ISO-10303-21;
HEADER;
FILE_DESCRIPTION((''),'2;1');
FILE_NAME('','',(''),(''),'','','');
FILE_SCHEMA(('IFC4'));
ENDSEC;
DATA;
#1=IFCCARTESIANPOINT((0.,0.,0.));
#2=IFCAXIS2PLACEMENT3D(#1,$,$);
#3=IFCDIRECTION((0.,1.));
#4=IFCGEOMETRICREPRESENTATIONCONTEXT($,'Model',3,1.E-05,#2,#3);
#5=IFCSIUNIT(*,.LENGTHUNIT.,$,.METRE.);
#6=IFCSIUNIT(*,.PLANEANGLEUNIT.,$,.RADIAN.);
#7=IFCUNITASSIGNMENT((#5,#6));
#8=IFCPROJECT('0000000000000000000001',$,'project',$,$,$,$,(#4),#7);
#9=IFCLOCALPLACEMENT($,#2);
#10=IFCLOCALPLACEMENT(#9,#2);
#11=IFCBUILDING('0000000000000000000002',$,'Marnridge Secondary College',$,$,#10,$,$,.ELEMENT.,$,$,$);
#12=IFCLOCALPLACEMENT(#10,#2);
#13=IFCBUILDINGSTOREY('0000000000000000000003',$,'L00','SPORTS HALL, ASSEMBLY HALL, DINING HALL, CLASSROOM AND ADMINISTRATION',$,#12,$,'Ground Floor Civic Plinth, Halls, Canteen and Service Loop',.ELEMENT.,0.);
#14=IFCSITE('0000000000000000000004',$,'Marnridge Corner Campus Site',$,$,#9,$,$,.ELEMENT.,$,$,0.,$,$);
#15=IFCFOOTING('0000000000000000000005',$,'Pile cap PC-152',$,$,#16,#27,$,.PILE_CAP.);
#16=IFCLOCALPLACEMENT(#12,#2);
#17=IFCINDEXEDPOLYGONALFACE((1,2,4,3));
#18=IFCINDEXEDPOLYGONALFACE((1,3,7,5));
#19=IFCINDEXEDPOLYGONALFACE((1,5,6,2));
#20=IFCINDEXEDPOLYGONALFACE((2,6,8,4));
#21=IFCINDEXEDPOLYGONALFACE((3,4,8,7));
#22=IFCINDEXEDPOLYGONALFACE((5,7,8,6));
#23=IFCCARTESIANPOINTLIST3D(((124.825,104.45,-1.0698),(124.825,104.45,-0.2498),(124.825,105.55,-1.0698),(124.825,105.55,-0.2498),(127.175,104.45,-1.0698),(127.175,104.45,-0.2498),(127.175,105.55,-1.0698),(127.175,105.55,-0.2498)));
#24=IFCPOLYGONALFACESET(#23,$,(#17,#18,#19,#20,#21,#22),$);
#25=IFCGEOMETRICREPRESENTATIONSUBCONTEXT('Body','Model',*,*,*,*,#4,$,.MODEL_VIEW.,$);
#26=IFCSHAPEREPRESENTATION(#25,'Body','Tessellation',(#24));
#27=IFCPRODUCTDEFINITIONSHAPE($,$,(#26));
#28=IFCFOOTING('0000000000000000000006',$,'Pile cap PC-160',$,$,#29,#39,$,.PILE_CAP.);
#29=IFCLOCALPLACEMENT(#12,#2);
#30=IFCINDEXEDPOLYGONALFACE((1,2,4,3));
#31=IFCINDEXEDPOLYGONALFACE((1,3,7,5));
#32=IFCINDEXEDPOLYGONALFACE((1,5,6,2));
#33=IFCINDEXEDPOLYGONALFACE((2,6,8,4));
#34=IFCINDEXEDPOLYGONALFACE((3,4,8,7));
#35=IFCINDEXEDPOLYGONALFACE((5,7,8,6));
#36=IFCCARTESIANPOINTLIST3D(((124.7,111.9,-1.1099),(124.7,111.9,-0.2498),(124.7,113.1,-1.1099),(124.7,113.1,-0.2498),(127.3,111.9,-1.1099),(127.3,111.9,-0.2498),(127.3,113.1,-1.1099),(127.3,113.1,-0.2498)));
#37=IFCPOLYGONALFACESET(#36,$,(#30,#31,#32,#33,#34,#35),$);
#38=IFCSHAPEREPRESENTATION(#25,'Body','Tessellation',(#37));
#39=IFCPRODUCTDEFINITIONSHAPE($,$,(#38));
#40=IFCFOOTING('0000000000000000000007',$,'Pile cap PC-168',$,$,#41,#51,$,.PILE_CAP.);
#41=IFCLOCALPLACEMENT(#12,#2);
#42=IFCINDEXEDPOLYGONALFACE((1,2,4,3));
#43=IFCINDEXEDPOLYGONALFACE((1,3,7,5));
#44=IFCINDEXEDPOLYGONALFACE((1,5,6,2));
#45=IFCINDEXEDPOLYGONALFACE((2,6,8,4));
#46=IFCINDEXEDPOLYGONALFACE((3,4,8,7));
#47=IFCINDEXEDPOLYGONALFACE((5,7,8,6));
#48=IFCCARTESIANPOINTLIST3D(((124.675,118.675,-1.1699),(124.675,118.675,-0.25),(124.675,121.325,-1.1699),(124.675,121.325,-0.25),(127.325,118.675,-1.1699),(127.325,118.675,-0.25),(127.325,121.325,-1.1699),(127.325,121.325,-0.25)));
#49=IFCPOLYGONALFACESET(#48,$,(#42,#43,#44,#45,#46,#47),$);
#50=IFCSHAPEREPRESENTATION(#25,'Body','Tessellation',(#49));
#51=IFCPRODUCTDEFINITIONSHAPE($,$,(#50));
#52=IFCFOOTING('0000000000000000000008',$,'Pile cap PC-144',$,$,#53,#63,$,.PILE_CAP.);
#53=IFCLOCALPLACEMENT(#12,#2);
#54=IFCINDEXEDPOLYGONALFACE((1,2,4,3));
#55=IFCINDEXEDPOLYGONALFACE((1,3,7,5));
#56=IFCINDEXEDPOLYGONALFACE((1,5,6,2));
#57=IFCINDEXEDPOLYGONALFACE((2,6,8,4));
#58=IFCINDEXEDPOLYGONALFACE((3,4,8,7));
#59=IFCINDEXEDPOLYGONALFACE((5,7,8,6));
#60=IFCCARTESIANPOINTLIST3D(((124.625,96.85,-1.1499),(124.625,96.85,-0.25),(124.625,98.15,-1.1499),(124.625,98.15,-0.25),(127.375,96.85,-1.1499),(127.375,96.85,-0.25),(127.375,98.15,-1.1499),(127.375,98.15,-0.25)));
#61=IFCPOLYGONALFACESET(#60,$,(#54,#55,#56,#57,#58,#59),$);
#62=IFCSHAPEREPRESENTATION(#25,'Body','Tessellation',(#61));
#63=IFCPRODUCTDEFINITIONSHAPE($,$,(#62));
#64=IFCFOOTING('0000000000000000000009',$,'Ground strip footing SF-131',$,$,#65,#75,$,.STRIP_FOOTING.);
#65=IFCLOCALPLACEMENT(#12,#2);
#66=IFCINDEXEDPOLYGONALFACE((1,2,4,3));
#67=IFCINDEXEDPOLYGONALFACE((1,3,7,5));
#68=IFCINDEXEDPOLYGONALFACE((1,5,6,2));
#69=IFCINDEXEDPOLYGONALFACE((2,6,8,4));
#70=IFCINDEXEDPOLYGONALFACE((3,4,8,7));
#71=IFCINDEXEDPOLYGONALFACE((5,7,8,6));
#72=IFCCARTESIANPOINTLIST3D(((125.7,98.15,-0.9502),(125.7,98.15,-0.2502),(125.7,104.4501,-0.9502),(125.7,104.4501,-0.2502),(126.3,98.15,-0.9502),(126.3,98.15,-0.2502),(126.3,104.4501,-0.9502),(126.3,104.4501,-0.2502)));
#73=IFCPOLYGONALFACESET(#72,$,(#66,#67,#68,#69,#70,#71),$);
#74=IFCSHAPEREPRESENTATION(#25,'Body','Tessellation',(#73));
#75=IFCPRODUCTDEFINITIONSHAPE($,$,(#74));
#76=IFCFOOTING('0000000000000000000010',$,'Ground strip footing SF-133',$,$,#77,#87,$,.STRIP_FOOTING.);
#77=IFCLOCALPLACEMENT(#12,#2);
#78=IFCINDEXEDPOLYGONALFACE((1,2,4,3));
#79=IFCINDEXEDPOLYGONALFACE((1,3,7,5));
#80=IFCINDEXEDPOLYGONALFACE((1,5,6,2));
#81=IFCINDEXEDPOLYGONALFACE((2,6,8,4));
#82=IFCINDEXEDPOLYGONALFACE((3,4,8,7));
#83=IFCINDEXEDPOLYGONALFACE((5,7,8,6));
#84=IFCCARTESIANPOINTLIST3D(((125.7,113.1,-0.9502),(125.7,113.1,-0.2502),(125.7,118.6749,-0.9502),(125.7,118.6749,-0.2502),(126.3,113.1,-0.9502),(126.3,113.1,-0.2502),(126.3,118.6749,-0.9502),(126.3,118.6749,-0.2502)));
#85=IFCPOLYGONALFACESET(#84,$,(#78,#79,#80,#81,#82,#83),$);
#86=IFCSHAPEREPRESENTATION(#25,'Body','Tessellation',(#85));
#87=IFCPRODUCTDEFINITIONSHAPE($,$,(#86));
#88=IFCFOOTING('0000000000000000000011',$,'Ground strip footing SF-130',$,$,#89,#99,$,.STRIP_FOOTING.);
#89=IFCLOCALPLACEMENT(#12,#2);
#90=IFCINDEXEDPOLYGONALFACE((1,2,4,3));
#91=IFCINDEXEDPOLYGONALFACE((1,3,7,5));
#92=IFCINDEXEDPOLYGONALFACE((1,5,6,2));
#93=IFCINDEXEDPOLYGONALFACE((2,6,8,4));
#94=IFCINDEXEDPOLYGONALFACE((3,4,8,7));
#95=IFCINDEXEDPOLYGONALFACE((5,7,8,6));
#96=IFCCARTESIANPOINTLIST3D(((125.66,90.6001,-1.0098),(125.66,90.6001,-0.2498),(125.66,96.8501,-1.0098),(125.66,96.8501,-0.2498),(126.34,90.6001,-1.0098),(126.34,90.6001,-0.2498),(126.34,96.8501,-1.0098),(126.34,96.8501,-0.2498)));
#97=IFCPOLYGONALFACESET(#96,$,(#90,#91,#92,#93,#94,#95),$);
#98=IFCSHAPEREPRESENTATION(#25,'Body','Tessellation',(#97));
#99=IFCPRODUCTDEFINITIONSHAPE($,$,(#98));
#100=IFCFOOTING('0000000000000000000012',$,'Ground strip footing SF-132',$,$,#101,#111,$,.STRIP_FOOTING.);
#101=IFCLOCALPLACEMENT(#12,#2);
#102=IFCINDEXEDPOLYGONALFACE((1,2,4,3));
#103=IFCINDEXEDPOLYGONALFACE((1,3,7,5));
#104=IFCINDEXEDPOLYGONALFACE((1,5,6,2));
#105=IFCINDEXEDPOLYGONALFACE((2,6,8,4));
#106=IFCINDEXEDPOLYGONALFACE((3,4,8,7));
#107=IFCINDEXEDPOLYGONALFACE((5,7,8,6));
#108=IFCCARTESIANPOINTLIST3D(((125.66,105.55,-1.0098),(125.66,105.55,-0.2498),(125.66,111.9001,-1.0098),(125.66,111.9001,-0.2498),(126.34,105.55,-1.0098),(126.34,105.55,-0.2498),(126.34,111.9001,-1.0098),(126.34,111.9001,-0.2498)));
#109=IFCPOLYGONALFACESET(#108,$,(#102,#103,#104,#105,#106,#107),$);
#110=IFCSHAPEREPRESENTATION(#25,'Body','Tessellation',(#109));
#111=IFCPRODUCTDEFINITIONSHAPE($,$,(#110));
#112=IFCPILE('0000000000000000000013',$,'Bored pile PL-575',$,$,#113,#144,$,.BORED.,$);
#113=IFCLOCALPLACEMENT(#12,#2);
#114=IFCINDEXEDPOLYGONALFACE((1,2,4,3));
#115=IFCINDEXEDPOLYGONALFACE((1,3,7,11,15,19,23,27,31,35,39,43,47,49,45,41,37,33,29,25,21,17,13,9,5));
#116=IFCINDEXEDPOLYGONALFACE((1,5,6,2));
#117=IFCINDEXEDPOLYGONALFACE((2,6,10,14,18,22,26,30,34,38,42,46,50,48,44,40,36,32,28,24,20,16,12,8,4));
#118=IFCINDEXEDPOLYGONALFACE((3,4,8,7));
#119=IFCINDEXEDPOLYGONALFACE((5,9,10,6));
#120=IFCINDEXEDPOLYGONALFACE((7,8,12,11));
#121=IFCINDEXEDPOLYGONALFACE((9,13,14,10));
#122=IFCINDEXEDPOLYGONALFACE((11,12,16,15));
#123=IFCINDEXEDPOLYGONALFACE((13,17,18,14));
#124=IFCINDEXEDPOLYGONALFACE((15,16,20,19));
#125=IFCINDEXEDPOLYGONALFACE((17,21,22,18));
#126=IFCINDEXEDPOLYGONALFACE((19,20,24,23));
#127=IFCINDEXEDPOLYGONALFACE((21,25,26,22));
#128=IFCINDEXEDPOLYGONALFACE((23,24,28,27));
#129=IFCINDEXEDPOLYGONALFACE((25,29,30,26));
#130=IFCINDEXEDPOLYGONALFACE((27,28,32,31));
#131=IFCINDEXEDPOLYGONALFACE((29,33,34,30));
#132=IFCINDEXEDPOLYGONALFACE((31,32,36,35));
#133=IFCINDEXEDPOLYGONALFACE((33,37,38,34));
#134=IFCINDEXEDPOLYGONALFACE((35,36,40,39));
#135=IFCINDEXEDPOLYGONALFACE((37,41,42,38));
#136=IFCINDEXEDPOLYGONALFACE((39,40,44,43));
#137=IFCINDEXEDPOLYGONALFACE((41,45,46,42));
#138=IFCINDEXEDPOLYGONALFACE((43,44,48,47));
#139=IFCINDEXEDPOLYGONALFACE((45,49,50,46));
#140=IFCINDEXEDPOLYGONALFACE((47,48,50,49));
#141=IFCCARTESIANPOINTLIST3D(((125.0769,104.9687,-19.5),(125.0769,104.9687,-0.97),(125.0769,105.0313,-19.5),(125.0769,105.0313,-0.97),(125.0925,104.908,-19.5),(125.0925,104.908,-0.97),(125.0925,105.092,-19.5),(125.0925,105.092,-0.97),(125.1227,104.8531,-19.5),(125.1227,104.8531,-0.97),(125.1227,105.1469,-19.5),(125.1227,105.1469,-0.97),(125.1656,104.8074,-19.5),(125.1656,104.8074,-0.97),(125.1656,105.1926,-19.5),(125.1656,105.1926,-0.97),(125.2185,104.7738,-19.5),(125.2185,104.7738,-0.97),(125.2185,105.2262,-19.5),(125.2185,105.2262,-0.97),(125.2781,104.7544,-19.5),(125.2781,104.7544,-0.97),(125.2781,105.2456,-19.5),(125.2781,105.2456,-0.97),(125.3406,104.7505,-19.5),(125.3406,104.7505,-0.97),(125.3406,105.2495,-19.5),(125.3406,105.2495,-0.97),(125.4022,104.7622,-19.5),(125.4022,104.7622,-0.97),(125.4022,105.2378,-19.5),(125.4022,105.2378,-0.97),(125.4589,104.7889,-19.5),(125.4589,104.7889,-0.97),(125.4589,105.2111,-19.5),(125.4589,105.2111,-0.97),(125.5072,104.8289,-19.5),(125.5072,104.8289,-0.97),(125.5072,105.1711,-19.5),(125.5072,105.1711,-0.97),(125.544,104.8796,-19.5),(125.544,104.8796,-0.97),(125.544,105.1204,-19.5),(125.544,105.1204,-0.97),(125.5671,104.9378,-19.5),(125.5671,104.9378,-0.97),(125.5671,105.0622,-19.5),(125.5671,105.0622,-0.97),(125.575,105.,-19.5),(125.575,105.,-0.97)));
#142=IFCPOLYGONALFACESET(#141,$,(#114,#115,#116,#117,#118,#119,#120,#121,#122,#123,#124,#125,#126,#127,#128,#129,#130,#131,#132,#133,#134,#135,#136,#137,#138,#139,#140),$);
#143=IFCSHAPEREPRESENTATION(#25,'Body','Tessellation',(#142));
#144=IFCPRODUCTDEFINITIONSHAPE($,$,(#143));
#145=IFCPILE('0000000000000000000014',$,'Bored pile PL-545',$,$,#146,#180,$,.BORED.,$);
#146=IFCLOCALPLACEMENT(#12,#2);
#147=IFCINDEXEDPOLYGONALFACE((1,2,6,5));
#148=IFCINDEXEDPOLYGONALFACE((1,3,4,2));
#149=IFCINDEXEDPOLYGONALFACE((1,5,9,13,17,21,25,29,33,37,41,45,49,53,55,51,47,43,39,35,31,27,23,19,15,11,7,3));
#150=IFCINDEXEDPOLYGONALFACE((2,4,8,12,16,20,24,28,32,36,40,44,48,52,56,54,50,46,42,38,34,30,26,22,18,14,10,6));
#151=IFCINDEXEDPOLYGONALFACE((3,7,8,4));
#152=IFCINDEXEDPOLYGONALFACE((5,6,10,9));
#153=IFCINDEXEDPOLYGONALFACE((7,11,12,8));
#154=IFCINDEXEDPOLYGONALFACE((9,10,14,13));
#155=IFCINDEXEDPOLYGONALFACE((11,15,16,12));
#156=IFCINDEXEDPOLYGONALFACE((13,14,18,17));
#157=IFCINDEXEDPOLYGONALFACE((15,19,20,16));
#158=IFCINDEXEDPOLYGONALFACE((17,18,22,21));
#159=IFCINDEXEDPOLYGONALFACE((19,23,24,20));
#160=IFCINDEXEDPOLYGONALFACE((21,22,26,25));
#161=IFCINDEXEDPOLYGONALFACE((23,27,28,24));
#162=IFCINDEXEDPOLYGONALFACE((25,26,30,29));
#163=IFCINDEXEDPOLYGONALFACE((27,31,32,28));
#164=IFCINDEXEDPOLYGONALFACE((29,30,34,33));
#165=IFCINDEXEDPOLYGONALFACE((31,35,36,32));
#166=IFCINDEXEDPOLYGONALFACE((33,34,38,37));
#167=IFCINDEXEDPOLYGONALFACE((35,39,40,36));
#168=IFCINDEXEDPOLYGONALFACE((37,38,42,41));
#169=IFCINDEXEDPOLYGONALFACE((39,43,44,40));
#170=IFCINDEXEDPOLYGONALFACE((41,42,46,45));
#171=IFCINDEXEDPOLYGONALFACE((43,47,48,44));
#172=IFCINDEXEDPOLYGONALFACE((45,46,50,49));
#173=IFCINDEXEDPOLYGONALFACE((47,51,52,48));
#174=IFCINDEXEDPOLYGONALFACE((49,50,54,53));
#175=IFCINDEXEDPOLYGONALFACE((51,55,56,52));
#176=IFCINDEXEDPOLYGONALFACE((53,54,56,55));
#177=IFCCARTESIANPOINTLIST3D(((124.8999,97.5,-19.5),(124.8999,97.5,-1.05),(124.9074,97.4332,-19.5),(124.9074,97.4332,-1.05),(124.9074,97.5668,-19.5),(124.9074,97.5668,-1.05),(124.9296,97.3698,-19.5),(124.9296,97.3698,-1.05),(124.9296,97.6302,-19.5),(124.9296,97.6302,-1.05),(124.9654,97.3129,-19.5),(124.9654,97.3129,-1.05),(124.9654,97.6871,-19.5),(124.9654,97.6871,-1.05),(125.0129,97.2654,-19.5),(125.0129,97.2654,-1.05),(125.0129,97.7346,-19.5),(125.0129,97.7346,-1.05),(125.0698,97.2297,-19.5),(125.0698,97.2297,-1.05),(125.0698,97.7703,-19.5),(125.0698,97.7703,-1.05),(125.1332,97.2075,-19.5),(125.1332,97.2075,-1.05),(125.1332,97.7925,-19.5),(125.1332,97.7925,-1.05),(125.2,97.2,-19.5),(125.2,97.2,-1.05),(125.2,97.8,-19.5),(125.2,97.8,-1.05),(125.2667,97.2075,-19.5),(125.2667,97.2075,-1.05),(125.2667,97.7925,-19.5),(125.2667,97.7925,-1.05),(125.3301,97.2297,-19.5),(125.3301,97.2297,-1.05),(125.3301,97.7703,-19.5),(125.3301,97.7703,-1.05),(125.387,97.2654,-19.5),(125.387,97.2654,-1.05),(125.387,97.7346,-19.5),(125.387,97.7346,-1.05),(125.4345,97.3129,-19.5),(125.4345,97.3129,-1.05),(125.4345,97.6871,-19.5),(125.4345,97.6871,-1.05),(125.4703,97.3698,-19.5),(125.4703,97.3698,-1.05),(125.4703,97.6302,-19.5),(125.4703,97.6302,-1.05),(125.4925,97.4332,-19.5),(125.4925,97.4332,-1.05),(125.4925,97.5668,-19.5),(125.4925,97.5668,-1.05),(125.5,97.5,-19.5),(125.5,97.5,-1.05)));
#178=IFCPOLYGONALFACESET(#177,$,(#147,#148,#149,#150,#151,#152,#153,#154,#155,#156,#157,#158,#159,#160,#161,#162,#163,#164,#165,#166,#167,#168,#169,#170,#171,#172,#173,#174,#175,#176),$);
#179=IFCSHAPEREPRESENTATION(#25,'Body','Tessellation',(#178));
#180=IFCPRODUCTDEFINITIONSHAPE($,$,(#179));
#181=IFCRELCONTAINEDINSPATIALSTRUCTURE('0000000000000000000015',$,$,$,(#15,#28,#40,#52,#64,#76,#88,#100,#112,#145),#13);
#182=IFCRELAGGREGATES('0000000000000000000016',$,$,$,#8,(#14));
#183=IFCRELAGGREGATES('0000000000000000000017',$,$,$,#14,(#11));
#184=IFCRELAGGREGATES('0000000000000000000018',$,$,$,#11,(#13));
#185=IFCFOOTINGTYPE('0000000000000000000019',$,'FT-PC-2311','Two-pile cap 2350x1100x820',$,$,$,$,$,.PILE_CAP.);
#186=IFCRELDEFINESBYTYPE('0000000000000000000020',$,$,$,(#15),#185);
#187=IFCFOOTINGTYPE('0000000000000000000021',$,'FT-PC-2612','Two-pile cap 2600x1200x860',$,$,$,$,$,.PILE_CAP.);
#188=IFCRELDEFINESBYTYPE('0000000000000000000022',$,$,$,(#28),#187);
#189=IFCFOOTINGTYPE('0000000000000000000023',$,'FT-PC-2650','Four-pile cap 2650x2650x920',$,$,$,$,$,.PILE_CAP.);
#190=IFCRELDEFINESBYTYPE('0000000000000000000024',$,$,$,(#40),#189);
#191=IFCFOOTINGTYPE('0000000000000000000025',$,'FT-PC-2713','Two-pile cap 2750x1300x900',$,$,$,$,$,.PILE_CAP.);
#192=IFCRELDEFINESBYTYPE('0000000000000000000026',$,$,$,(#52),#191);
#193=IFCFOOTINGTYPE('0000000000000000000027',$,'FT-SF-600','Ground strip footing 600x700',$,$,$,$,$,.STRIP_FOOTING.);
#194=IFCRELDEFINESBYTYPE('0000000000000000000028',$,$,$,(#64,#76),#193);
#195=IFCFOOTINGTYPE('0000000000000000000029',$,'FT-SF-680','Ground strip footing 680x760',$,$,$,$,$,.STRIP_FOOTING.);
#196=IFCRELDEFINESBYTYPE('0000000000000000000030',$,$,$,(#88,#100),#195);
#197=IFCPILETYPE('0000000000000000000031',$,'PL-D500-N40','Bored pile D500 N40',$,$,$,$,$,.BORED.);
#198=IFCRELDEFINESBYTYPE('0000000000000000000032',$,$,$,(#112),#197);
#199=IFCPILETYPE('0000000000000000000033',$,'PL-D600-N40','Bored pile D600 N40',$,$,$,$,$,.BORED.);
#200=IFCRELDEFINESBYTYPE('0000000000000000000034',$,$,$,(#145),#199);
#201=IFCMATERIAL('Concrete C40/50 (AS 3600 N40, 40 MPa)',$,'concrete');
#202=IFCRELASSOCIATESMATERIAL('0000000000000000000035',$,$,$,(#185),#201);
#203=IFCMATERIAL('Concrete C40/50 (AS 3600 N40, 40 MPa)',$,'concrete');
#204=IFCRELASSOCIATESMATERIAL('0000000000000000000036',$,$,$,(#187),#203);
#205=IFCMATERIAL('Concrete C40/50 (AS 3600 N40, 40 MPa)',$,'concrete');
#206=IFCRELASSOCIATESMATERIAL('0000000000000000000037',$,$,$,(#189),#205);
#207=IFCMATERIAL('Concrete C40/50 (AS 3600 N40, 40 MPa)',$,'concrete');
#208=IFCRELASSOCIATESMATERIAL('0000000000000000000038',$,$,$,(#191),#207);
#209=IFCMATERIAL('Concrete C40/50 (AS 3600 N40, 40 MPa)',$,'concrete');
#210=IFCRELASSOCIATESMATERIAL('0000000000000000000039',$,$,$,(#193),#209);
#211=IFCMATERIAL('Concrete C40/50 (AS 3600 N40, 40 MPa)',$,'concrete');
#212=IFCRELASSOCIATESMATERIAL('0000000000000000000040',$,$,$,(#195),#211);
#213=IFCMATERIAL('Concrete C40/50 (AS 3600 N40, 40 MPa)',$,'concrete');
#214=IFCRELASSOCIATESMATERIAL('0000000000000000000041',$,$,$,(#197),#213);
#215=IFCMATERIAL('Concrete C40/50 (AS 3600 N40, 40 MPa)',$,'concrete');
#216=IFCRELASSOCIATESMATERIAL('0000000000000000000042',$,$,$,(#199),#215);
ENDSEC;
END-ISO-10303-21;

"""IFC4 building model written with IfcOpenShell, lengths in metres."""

from ifc_helpers import new_model, si_unit, direction, frame, origin, origin_2d, place, context, subcontext, project, spatial, rectangle, circle, extrude, material, material_profile, profile_set, type_object, element, save


model = new_model("IFC4")

# Units and contexts
model_context = context("Model", 3, precision=1e-05, world=origin(), true_north=direction((0.0, 1.0)))
body_context = subcontext(model_context, "Body", "Model", "MODEL_VIEW")
ifc_project = project(units=[si_unit("LENGTHUNIT", "METRE"), si_unit("PLANEANGLEUNIT", "RADIAN")], contexts=[model_context])

# Site, building, storey
site_placement = place(None, origin())
site = spatial("IfcSite", under=ifc_project, at=site_placement, Name="Marnridge Corner Campus Site", CompositionType="ELEMENT", RefElevation=0.0)
building_placement = place(site_placement, origin())
building = spatial("IfcBuilding", under=site, at=building_placement, Name="Marnridge Secondary College", CompositionType="ELEMENT")
storey_placement = place(building_placement, origin())
storey = spatial("IfcBuildingStorey", under=building, at=storey_placement, Name="L00", Description="SPORTS HALL, ASSEMBLY HALL, DINING HALL, CLASSROOM AND ADMINISTRATION", LongName="Ground Floor Civic Plinth, Halls, Canteen and Service Loop", CompositionType="ELEMENT", Elevation=0.0)

# Footings
ifc_material_1 = material(Name="Concrete C40/50 (AS 3600 N40, 40 MPa)", Category="concrete")
footing_type_1 = type_object("IfcFootingType", Name="FT-PC-2311", Description="Two-pile cap 2350x1100x820", PredefinedType="PILE_CAP", material=ifc_material_1)
footing_1_placement = place(storey_placement, frame((126.0, 105.0, -1.0698), z_axis=(0.0, 0.0, 1.0), x_axis=(1.0, 0.0, 0.0)))
element("IfcFooting", 1, at=footing_1_placement, inside=storey, type_object=footing_type_1, Name="Pile cap PC-152", PredefinedType="PILE_CAP", context=body_context, shape_type="SweptSolid", body=[
    extrude(rectangle(XDim=2.3501, YDim=1.1001, at=origin_2d()), origin(), (0.0, 0.0, 1.0), 0.8201),
])
ifc_material_2 = material(Name="Concrete C40/50 (AS 3600 N40, 40 MPa)", Category="concrete")
footing_type_2 = type_object("IfcFootingType", Name="FT-PC-2612", Description="Two-pile cap 2600x1200x860", PredefinedType="PILE_CAP", material=ifc_material_2)
footing_2_placement = place(storey_placement, frame((126.0, 112.5, -1.1099), z_axis=(0.0, 0.0, 1.0), x_axis=(1.0, 0.0, 0.0)))
element("IfcFooting", 2, at=footing_2_placement, inside=storey, type_object=footing_type_2, Name="Pile cap PC-160", PredefinedType="PILE_CAP", context=body_context, shape_type="SweptSolid", body=[
    extrude(rectangle(XDim=2.6001, YDim=1.2, at=origin_2d()), origin(), (0.0, 0.0, 1.0), 0.8601),
])
ifc_material_3 = material(Name="Concrete C40/50 (AS 3600 N40, 40 MPa)", Category="concrete")
footing_type_3 = type_object("IfcFootingType", Name="FT-PC-2650", Description="Four-pile cap 2650x2650x920", PredefinedType="PILE_CAP", material=ifc_material_3)
footing_3_placement = place(storey_placement, frame((126.0, 120.0, -1.1699), z_axis=(0.0, 0.0, 1.0), x_axis=(1.0, 0.0, 0.0)))
element("IfcFooting", 3, at=footing_3_placement, inside=storey, type_object=footing_type_3, Name="Pile cap PC-168", PredefinedType="PILE_CAP", context=body_context, shape_type="SweptSolid", body=[
    extrude(rectangle(XDim=2.6499, YDim=2.6499, at=origin_2d()), origin(), (0.0, 0.0, 1.0), 0.9199),
])
ifc_material_4 = material(Name="Concrete C40/50 (AS 3600 N40, 40 MPa)", Category="concrete")
footing_type_4 = type_object("IfcFootingType", Name="FT-PC-2713", Description="Two-pile cap 2750x1300x900", PredefinedType="PILE_CAP", material=ifc_material_4)
footing_4_placement = place(storey_placement, frame((126.0, 97.5, -1.1499), z_axis=(0.0, 0.0, 1.0), x_axis=(1.0, 0.0, 0.0)))
element("IfcFooting", 4, at=footing_4_placement, inside=storey, type_object=footing_type_4, Name="Pile cap PC-144", PredefinedType="PILE_CAP", context=body_context, shape_type="SweptSolid", body=[
    extrude(rectangle(XDim=2.75, YDim=1.3, at=origin_2d()), origin(), (0.0, 0.0, 1.0), 0.8999),
])
ifc_material_5 = material(Name="Concrete C40/50 (AS 3600 N40, 40 MPa)", Category="concrete")
footing_type_5 = type_object("IfcFootingType", Name="FT-SF-600", Description="Ground strip footing 600x700", PredefinedType="STRIP_FOOTING", material=ifc_material_5)
footing_5_placement = place(storey_placement, frame((126.0, 101.3, -0.9502), z_axis=(0.0, 0.0, 1.0), x_axis=(1.0, 0.0, 0.0)))
element("IfcFooting", 5, at=footing_5_placement, inside=storey, type_object=footing_type_5, Name="Ground strip footing SF-131", PredefinedType="STRIP_FOOTING", context=body_context, shape_type="SweptSolid", body=[
    extrude(rectangle(XDim=0.6001, YDim=6.3, at=origin_2d()), origin(), (0.0, 0.0, 1.0), 0.7),
])
footing_6_placement = place(storey_placement, frame((126.0, 115.8875, -0.9502), z_axis=(0.0, 0.0, 1.0), x_axis=(1.0, 0.0, 0.0)))
element("IfcFooting", 6, at=footing_6_placement, inside=storey, type_object=footing_type_5, Name="Ground strip footing SF-133", PredefinedType="STRIP_FOOTING", context=body_context, shape_type="SweptSolid", body=[
    extrude(rectangle(XDim=0.6001, YDim=5.575, at=origin_2d()), origin(), (0.0, 0.0, 1.0), 0.7),
])
ifc_material_6 = material(Name="Concrete C40/50 (AS 3600 N40, 40 MPa)", Category="concrete")
footing_type_6 = type_object("IfcFootingType", Name="FT-SF-680", Description="Ground strip footing 680x760", PredefinedType="STRIP_FOOTING", material=ifc_material_6)
footing_7_placement = place(storey_placement, frame((126.0, 93.7251, -1.0098), z_axis=(0.0, 0.0, 1.0), x_axis=(1.0, 0.0, 0.0)))
element("IfcFooting", 7, at=footing_7_placement, inside=storey, type_object=footing_type_6, Name="Ground strip footing SF-130", PredefinedType="STRIP_FOOTING", context=body_context, shape_type="SweptSolid", body=[
    extrude(rectangle(XDim=0.6799, YDim=6.25, at=origin_2d()), origin(), (0.0, 0.0, 1.0), 0.76),
])
footing_8_placement = place(storey_placement, frame((126.0, 108.7251, -1.0098), z_axis=(0.0, 0.0, 1.0), x_axis=(1.0, 0.0, 0.0)))
element("IfcFooting", 8, at=footing_8_placement, inside=storey, type_object=footing_type_6, Name="Ground strip footing SF-132", PredefinedType="STRIP_FOOTING", context=body_context, shape_type="SweptSolid", body=[
    extrude(rectangle(XDim=0.6799, YDim=6.3501, at=origin_2d()), origin(), (0.0, 0.0, 1.0), 0.76),
])

# Piles
ifc_material_7 = material(Name="Concrete C40/50 (AS 3600 N40, 40 MPa)", Category="concrete")
ifc_material_profile_1 = material_profile(ifc_material_7, circle(Radius=0.25, at=origin_2d()), Name="PILE D500")
ifc_profile_set_1 = profile_set([ifc_material_profile_1], Name="Concrete C40/50 (AS 3600 N40, 40 MPa)")
pile_type_1 = type_object("IfcPileType", Name="PL-D500-N40", Description="Bored pile D500 N40", PredefinedType="BORED", material=ifc_profile_set_1)
pile_1_placement = place(storey_placement, frame((125.325, 105.0, -0.97), z_axis=(0.0, 0.0, -1.0), x_axis=(1.0, 0.0, 0.0)))
element("IfcPile", 9, at=pile_1_placement, inside=storey, type_object=pile_type_1, Name="Bored pile PL-575", PredefinedType="BORED", context=body_context, shape_type="SweptSolid", body=[
    extrude(circle(Radius=0.25, at=origin_2d()), origin(), (0.0, 0.0, 1.0), 18.53),
])
ifc_material_8 = material(Name="Concrete C40/50 (AS 3600 N40, 40 MPa)", Category="concrete")
ifc_material_profile_2 = material_profile(ifc_material_8, circle(Radius=0.3, at=origin_2d()), Name="PILE D600")
ifc_profile_set_2 = profile_set([ifc_material_profile_2], Name="Concrete C40/50 (AS 3600 N40, 40 MPa)")
pile_type_2 = type_object("IfcPileType", Name="PL-D600-N40", Description="Bored pile D600 N40", PredefinedType="BORED", material=ifc_profile_set_2)
pile_2_placement = place(storey_placement, frame((125.2, 97.5, -1.05), z_axis=(0.0, 0.0, -1.0), x_axis=(1.0, 0.0, 0.0)))
element("IfcPile", 10, at=pile_2_placement, inside=storey, type_object=pile_type_2, Name="Bored pile PL-545", PredefinedType="BORED", context=body_context, shape_type="SweptSolid", body=[
    extrude(circle(Radius=0.3, at=origin_2d()), origin(), (0.0, 0.0, 1.0), 18.45),
])

save(model, "model.ifc")
